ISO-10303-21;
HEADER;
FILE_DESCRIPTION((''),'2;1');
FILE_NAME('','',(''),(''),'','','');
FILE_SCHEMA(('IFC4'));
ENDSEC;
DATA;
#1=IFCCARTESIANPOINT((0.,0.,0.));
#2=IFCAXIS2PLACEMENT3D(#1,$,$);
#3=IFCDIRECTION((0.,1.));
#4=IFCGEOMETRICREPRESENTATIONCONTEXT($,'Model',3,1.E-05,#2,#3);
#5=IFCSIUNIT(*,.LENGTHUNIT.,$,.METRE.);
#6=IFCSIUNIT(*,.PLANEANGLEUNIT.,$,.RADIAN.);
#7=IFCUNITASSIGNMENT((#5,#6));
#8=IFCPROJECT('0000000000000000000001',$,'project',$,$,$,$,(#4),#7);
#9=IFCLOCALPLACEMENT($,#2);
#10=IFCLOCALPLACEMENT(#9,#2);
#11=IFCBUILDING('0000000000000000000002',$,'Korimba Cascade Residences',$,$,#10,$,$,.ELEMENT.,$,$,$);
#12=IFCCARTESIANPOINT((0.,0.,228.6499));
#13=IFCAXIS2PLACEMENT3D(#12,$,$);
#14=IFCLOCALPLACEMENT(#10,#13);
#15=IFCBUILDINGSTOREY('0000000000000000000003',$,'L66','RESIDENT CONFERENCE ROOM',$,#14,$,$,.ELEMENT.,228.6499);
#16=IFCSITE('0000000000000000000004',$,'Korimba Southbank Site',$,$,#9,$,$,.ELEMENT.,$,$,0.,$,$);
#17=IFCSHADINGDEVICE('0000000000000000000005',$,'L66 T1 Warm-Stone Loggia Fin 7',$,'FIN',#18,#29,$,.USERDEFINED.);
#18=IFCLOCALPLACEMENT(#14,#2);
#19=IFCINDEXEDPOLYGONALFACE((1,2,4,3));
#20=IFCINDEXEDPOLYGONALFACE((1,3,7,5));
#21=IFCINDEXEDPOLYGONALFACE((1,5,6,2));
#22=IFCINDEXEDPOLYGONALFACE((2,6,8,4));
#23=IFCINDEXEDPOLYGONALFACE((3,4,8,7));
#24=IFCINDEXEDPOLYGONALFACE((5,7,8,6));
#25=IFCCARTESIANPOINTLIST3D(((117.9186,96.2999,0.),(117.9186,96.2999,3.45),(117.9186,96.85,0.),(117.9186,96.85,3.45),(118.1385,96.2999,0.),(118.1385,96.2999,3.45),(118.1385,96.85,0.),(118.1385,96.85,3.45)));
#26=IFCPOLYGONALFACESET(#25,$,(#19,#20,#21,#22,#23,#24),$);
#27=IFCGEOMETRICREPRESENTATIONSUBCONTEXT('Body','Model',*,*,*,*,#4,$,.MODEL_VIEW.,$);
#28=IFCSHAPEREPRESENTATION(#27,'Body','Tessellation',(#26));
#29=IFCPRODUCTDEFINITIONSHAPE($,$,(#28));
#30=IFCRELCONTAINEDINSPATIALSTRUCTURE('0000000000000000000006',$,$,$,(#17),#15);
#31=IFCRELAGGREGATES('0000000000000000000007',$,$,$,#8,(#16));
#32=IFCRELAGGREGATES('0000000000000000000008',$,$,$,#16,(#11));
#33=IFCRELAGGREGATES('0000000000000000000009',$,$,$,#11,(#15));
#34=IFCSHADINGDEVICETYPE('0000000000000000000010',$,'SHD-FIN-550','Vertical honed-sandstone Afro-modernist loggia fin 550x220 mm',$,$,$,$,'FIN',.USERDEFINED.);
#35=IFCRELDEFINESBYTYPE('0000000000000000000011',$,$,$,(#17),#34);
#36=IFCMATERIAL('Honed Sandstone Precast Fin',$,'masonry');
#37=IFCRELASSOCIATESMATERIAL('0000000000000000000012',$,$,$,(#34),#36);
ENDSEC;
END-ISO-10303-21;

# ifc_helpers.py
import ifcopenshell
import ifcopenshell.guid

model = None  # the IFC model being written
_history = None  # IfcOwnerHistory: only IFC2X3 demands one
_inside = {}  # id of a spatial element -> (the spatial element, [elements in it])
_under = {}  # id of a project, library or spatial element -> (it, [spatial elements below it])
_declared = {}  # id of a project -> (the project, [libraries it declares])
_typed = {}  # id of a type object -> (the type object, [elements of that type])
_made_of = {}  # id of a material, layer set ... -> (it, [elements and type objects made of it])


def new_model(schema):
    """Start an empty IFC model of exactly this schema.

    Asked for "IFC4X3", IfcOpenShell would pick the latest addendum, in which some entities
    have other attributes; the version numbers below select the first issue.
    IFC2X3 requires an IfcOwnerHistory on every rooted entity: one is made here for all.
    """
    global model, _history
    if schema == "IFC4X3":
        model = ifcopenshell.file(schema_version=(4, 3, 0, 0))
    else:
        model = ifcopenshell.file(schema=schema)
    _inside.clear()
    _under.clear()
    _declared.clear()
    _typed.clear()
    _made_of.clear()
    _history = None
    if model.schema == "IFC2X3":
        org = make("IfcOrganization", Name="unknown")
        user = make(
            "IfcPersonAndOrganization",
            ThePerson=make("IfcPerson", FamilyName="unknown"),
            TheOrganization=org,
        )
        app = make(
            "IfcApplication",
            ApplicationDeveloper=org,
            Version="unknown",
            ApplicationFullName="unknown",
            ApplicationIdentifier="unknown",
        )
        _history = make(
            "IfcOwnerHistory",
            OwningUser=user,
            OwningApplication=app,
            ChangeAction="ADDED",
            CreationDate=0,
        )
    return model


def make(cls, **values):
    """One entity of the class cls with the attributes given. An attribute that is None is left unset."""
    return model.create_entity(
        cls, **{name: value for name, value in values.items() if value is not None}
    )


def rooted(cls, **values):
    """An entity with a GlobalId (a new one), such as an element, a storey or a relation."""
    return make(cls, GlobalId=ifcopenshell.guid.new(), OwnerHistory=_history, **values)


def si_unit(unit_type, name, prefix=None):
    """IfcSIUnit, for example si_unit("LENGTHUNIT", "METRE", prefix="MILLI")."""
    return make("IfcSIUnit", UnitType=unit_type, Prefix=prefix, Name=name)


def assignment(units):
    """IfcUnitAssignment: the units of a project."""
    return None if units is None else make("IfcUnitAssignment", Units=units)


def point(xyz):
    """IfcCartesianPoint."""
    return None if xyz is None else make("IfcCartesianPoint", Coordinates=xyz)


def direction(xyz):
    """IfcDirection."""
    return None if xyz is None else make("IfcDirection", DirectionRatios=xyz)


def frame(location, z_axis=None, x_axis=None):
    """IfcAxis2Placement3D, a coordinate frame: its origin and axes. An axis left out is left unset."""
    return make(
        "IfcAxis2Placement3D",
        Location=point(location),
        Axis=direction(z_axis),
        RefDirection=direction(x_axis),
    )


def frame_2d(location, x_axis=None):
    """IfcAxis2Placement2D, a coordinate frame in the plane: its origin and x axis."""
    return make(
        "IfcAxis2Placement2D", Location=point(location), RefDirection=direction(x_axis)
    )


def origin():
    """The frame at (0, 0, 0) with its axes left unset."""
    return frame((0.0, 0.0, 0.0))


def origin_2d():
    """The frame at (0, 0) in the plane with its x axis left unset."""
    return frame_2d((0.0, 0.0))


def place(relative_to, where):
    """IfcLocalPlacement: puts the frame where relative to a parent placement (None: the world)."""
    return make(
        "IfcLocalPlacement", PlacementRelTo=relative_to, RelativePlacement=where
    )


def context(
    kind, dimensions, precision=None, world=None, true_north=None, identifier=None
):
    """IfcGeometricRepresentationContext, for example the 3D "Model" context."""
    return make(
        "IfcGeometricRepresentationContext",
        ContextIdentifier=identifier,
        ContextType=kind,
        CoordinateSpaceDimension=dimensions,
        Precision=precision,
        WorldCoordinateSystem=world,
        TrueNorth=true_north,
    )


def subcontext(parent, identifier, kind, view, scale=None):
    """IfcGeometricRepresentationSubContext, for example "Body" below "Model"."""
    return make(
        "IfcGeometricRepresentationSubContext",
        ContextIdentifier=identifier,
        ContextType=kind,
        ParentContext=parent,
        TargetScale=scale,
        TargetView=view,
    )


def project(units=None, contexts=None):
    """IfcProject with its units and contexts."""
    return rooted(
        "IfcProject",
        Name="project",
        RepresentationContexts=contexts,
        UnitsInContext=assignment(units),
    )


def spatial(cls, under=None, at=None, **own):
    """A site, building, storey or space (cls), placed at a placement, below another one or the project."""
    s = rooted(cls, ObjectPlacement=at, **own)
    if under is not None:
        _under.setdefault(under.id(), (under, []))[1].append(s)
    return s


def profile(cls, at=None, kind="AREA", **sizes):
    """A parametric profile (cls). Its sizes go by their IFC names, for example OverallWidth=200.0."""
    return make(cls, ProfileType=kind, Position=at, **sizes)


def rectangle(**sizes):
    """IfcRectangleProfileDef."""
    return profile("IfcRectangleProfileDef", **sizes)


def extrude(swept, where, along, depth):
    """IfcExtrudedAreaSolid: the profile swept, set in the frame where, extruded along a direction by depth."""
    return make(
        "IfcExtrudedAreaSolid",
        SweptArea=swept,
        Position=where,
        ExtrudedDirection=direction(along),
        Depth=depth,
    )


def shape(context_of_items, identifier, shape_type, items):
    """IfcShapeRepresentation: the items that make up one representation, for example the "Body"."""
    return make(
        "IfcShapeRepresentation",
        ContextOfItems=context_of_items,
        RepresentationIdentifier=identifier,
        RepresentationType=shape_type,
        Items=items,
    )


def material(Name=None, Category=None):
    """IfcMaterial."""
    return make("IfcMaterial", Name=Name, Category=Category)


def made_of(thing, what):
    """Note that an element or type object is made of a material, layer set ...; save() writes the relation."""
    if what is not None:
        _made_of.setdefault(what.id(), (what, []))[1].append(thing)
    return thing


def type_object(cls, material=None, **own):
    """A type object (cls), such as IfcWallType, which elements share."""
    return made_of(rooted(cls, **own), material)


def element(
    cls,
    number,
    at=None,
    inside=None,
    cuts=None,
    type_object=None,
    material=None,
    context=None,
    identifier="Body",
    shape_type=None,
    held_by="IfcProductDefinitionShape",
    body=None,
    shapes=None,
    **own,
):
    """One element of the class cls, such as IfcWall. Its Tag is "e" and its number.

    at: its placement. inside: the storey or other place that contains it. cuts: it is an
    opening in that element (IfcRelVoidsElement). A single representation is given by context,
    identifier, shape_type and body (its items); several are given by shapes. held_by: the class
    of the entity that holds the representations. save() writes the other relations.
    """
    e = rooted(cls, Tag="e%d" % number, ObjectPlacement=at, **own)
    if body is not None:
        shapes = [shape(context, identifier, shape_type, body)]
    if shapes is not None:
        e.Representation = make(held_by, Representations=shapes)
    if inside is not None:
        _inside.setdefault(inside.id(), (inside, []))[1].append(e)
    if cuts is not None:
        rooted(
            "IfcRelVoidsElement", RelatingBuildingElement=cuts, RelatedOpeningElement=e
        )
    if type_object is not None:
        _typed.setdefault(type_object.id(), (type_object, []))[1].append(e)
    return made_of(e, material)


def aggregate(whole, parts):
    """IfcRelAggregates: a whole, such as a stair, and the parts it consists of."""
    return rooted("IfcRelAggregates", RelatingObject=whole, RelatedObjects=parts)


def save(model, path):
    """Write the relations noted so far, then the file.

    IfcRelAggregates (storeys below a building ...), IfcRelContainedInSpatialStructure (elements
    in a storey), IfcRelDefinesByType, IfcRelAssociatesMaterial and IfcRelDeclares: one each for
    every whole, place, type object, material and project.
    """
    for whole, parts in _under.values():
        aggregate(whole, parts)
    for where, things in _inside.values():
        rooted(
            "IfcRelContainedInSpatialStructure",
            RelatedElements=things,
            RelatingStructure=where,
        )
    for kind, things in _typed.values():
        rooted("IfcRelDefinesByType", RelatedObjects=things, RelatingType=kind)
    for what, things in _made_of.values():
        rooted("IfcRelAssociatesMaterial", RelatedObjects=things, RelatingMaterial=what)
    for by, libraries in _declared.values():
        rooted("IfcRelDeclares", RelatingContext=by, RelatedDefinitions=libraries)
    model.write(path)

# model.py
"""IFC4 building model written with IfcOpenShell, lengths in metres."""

from ifc_helpers import new_model, si_unit, direction, frame, origin, origin_2d, place, context, subcontext, project, spatial, rectangle, extrude, material, type_object, element, save


model = new_model("IFC4")

# Units and contexts
model_context = context("Model", 3, precision=1e-05, world=origin(), true_north=direction((0.0, 1.0)))
body_context = subcontext(model_context, "Body", "Model", "MODEL_VIEW")
ifc_project = project(units=[si_unit("LENGTHUNIT", "METRE"), si_unit("PLANEANGLEUNIT", "RADIAN")], contexts=[model_context])

# Site, building, storey
site_placement = place(None, origin())
site = spatial("IfcSite", under=ifc_project, at=site_placement, Name="Korimba Southbank Site", CompositionType="ELEMENT", RefElevation=0.0)
building_placement = place(site_placement, origin())
building = spatial("IfcBuilding", under=site, at=building_placement, Name="Korimba Cascade Residences", CompositionType="ELEMENT")
storey_placement = place(building_placement, frame((0.0, 0.0, 228.6499)))
storey = spatial("IfcBuildingStorey", under=building, at=storey_placement, Name="L66", Description="RESIDENT CONFERENCE ROOM", CompositionType="ELEMENT", Elevation=228.6499)

# Shading device
ifc_material_1 = material(Name="Honed Sandstone Precast Fin", Category="masonry")
shading_device_type = type_object("IfcShadingDeviceType", Name="SHD-FIN-550", Description="Vertical honed-sandstone Afro-modernist loggia fin 550x220 mm", ElementType="FIN", PredefinedType="USERDEFINED", material=ifc_material_1)
shading_device_placement = place(storey_placement, frame((118.0286, 96.575, 0.0), z_axis=(0.0, 0.0, 1.0), x_axis=(1.0, 0.0, 0.0)))
element("IfcShadingDevice", 1, at=shading_device_placement, inside=storey, type_object=shading_device_type, Name="L66 T1 Warm-Stone Loggia Fin 7", ObjectType="FIN", PredefinedType="USERDEFINED", context=body_context, shape_type="SweptSolid", body=[
    extrude(rectangle(XDim=0.22, YDim=0.55, at=origin_2d()), origin(), (0.0, 0.0, 1.0), 3.45),
])

save(model, "model.ifc")
